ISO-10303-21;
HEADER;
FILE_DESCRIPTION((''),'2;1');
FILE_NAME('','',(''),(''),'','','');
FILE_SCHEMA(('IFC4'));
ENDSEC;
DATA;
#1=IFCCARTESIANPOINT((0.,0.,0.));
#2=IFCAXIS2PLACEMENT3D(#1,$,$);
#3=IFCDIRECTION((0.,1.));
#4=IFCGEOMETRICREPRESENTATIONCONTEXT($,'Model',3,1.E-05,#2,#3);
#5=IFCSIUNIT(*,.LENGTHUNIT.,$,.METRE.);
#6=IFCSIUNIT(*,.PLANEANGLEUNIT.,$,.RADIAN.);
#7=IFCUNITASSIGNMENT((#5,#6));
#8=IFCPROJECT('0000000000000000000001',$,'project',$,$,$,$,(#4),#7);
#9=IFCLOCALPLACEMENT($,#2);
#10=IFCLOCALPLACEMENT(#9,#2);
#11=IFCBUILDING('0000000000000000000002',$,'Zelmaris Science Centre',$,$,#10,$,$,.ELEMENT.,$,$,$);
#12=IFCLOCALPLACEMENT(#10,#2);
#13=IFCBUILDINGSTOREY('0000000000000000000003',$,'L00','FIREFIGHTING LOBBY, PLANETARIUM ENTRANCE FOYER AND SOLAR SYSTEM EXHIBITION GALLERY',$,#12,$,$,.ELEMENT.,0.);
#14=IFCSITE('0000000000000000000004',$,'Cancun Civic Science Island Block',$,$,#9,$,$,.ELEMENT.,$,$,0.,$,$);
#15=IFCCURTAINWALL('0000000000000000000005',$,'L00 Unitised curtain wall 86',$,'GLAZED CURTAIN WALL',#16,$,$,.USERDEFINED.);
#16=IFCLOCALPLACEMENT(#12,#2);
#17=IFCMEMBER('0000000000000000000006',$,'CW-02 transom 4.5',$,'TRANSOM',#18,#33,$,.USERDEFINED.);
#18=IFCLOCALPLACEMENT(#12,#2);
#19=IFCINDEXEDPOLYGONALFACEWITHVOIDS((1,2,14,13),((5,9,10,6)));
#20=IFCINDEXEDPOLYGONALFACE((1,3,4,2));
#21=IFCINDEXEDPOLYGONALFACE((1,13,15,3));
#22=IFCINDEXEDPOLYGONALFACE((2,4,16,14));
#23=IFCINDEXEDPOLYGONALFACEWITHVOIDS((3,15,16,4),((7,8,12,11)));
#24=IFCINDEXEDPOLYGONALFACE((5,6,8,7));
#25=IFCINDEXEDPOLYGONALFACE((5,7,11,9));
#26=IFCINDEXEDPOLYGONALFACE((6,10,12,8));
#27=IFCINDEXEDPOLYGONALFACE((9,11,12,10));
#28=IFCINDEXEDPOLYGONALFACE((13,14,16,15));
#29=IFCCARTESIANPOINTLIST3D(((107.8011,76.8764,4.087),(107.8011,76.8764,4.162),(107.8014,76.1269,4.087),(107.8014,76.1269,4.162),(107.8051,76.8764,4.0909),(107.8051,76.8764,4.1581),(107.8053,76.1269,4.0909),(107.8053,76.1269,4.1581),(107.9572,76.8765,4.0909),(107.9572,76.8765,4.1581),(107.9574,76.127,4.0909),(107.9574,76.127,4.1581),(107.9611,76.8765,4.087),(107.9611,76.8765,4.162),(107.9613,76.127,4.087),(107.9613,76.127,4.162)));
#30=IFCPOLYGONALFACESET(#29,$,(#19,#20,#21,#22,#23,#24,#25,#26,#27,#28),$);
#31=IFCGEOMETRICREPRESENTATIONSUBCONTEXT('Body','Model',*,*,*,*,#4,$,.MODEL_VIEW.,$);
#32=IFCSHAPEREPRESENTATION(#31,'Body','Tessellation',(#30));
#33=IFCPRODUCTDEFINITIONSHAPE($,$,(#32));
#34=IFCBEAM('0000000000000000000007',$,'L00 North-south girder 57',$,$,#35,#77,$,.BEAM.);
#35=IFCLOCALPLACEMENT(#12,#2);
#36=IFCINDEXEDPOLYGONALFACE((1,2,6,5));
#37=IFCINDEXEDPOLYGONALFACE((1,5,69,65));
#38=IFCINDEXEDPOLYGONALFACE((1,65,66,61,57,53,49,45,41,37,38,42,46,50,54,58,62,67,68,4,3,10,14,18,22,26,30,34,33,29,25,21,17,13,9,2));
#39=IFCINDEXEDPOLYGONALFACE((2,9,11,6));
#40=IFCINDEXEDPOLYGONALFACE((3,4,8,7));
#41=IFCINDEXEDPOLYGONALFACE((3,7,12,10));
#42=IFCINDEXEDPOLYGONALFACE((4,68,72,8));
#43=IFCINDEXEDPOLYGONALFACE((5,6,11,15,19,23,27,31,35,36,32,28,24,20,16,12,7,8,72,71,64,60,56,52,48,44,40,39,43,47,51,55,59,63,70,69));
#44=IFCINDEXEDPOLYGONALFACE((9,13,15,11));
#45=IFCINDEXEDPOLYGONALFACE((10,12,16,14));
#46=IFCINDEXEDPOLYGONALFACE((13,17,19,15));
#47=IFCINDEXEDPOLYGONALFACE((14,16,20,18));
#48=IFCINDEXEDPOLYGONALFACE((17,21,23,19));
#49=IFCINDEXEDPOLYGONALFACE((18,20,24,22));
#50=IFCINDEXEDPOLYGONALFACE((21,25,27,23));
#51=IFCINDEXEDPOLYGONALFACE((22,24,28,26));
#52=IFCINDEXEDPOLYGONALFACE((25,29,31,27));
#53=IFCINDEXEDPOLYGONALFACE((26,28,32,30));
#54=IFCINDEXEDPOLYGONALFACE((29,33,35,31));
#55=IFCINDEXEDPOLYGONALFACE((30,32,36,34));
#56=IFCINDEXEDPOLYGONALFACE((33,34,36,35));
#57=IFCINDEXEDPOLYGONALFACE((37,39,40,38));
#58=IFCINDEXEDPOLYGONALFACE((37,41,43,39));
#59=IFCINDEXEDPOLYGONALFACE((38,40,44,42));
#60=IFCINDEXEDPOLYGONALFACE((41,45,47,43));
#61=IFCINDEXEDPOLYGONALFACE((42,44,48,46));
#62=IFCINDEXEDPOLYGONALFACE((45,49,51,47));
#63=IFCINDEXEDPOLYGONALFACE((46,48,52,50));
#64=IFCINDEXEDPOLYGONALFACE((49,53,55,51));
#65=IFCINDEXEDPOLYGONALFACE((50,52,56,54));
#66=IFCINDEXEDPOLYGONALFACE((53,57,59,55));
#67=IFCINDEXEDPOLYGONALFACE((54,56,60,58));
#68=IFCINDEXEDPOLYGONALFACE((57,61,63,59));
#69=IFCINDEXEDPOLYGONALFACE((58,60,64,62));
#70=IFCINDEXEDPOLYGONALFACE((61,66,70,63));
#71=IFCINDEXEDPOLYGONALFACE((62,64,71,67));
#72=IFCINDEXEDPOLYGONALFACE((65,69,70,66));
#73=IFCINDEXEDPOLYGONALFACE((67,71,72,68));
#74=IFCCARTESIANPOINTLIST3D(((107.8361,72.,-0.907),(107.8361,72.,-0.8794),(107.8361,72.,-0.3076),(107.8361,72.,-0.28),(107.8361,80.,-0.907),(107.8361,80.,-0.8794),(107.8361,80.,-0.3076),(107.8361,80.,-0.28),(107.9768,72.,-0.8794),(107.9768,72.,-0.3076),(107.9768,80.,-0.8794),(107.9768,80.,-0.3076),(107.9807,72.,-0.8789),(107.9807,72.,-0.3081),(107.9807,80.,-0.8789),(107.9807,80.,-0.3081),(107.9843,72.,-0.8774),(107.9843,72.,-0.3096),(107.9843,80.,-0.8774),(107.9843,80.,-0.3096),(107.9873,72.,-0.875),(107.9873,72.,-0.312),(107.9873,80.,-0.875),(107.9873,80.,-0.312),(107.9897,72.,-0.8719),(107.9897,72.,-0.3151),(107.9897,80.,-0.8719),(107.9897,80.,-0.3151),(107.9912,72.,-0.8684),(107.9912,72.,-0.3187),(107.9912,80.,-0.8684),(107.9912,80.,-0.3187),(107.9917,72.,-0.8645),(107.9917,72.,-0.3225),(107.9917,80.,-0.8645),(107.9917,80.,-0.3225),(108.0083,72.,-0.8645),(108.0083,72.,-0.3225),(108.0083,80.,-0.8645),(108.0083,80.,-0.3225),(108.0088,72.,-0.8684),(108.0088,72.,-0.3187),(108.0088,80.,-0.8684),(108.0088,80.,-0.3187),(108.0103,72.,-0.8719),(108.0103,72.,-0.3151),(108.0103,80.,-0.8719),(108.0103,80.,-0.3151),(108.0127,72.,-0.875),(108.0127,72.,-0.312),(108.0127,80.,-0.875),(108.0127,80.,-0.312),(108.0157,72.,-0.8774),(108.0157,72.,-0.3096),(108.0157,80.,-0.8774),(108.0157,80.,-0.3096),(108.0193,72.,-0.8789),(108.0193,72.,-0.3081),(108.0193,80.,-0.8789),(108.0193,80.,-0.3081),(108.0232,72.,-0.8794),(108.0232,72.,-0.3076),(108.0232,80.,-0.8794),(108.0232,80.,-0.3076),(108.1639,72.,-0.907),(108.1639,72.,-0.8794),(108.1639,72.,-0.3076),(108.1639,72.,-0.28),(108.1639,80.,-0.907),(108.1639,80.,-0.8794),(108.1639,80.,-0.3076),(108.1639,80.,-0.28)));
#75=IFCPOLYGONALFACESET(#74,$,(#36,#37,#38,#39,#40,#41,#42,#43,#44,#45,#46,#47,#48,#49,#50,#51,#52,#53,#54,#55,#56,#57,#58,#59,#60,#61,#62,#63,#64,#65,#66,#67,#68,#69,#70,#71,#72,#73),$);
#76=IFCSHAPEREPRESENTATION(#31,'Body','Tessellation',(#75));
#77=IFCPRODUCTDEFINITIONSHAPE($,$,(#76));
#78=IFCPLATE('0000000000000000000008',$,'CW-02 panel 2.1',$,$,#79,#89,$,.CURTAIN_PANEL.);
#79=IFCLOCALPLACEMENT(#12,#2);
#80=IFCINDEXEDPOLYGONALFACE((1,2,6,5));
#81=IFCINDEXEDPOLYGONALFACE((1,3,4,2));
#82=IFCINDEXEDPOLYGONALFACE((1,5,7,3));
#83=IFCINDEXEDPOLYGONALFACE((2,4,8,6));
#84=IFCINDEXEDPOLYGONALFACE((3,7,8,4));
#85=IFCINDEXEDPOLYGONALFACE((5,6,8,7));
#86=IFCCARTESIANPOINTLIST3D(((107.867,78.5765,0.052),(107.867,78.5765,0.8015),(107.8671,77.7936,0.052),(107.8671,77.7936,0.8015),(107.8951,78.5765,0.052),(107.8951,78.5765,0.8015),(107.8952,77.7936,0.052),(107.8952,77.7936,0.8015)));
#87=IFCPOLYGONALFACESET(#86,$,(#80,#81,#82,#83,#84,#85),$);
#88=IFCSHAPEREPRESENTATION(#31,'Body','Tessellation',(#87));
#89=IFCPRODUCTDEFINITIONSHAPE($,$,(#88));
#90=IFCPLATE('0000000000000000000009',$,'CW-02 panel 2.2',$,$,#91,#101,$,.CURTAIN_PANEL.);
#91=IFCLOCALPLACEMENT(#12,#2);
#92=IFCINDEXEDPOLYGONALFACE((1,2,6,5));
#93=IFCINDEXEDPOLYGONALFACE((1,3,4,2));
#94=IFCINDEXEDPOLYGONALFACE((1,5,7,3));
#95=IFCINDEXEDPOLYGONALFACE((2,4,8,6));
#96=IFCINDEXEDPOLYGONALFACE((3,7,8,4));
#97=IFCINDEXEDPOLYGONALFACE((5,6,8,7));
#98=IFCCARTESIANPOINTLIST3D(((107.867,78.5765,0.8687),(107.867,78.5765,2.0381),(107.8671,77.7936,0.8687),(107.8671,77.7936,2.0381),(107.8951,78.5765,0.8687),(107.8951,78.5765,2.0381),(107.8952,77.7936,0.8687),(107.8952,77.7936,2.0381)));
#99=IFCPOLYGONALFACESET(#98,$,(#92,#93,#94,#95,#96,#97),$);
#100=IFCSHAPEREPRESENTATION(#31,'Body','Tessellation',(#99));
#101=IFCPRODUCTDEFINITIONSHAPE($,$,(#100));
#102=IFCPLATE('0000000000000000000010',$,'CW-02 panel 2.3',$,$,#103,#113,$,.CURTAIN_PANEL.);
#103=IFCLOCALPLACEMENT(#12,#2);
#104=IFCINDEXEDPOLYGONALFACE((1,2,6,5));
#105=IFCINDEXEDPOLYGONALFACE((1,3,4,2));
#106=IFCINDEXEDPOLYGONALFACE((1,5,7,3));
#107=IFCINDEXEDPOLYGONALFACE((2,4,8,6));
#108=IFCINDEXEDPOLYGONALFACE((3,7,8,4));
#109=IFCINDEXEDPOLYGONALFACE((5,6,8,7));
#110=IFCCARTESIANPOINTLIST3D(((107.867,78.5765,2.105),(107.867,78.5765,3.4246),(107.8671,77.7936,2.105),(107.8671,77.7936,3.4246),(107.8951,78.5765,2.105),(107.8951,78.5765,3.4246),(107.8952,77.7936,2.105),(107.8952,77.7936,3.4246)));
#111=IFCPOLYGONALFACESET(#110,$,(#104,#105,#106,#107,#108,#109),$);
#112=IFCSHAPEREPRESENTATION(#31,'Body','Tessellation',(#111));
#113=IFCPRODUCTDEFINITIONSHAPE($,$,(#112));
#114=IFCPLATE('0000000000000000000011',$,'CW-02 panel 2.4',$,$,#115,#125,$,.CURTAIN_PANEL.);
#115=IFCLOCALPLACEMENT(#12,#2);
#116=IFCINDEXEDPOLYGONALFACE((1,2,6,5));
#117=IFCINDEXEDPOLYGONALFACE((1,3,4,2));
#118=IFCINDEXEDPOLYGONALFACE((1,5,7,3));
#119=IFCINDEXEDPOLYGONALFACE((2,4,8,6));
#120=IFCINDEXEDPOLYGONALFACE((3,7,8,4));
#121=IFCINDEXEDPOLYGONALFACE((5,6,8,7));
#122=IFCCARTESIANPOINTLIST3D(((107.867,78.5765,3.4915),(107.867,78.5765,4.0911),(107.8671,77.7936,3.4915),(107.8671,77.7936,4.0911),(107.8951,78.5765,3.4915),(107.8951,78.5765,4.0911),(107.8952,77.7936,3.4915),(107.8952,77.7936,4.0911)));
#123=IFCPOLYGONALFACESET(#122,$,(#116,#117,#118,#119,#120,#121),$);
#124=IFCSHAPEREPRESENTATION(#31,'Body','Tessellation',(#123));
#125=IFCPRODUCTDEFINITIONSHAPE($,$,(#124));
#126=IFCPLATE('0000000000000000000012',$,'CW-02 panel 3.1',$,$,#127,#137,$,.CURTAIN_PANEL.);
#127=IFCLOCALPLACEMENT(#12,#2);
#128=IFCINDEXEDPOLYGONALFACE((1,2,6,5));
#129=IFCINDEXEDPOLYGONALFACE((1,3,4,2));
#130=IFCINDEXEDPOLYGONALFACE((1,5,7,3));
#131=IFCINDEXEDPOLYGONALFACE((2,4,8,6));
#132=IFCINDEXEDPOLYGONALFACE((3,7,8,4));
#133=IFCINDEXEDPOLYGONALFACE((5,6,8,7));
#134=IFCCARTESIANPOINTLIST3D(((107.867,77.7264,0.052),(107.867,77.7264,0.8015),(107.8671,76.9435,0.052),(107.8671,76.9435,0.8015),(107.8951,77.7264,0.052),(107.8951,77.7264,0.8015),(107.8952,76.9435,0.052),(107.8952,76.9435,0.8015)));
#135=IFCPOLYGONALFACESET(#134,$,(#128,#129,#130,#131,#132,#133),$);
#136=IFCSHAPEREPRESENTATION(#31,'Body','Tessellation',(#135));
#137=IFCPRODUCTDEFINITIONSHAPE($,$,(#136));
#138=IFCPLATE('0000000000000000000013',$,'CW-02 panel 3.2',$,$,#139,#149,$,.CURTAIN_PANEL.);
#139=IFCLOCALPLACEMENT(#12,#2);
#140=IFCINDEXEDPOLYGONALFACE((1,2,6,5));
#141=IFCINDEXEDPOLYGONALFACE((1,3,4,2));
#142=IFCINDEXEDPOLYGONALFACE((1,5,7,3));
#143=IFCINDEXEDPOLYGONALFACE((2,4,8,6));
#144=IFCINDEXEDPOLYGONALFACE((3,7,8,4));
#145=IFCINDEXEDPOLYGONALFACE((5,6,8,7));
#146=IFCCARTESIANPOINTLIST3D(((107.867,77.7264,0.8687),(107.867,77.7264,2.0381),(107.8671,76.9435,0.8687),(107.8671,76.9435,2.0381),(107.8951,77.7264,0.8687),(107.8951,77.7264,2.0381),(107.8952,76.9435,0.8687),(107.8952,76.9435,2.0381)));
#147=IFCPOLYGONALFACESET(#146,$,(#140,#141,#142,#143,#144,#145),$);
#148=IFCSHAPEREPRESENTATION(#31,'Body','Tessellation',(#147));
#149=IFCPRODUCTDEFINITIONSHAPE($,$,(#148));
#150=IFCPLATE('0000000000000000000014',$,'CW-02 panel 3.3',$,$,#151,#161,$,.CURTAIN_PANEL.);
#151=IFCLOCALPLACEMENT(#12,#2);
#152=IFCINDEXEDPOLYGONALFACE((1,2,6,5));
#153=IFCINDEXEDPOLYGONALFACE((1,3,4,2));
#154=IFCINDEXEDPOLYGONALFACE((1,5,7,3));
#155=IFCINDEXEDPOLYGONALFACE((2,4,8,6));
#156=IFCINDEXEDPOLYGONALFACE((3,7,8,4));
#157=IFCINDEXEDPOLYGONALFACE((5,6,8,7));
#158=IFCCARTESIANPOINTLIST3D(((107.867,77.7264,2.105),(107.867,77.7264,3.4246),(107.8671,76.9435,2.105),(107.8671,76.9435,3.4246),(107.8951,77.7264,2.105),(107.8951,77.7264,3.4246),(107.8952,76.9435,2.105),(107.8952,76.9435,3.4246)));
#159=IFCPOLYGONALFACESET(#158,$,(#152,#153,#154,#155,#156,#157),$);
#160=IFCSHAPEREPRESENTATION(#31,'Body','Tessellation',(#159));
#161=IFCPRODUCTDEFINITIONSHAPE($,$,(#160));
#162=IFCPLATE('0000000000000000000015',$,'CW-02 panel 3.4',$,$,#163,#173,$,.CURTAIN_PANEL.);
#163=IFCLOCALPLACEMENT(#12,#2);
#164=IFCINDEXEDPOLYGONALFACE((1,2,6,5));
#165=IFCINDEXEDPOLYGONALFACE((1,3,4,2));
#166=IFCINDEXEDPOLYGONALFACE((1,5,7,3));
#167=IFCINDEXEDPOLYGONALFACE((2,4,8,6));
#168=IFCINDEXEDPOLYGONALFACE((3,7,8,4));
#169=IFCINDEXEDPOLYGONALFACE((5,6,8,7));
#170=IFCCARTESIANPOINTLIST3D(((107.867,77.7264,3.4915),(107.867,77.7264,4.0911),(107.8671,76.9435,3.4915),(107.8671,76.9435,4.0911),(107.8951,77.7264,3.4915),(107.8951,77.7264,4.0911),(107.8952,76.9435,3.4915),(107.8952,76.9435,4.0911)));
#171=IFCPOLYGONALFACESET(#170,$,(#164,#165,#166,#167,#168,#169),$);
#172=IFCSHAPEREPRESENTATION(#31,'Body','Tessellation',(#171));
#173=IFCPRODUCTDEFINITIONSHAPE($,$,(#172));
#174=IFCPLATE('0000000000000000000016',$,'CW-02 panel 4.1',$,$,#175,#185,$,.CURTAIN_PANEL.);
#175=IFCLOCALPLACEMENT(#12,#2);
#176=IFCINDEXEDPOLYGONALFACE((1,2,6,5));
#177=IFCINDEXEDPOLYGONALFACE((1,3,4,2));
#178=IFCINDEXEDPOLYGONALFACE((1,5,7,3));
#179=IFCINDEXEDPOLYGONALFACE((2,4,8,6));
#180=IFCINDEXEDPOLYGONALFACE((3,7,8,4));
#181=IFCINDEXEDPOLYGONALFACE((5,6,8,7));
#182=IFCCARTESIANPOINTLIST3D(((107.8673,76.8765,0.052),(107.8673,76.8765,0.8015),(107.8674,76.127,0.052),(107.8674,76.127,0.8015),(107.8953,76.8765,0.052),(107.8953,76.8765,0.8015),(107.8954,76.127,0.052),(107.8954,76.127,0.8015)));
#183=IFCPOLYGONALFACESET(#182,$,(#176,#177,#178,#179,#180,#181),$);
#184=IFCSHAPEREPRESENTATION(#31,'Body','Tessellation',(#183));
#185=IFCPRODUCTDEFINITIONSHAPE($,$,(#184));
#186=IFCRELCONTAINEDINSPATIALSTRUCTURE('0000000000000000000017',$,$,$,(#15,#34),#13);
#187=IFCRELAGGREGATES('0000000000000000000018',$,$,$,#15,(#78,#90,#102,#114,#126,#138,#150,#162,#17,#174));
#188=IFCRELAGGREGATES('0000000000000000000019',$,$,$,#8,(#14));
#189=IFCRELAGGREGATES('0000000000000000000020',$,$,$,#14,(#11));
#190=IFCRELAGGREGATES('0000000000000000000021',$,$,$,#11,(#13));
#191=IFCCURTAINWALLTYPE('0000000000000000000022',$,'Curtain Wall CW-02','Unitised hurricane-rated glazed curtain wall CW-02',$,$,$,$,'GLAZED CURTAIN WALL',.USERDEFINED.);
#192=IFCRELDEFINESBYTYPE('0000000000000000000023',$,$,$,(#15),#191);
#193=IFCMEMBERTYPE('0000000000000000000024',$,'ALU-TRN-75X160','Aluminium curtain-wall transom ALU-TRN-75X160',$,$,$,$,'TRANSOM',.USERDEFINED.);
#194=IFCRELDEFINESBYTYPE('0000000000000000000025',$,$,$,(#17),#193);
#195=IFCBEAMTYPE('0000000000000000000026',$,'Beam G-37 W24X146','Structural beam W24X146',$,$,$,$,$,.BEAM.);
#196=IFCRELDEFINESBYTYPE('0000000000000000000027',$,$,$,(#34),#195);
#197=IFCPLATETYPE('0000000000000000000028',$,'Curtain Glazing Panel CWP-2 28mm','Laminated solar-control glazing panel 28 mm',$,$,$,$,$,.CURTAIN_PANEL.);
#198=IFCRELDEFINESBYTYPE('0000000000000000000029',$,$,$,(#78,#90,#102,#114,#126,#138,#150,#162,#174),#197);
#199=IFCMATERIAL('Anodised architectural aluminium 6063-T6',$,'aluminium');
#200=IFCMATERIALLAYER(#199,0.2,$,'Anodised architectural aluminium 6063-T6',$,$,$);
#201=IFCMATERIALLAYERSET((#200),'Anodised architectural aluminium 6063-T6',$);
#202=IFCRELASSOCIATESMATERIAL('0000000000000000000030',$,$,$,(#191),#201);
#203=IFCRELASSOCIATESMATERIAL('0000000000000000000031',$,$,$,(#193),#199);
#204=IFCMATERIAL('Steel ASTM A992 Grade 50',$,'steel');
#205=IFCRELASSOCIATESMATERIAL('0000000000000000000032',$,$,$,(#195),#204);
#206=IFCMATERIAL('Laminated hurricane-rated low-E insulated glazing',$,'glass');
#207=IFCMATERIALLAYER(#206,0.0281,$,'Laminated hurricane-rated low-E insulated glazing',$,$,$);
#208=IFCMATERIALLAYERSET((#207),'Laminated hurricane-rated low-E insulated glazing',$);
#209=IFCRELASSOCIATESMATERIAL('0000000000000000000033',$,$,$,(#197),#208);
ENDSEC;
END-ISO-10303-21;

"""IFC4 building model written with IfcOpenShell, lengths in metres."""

from ifc_helpers import new_model, si_unit, direction, frame, origin, origin_2d, place, context, subcontext, project, spatial, rectangle, hollow_rectangle, i_section, extrude, material, layer, layer_set, material_profile, profile_set, type_object, element, aggregate, save


model = new_model("IFC4")

# Units and contexts
model_context = context("Model", 3, precision=1e-05, world=origin(), true_north=direction((0.0, 1.0)))
body_context = subcontext(model_context, "Body", "Model", "MODEL_VIEW")
ifc_project = project(units=[si_unit("LENGTHUNIT", "METRE"), si_unit("PLANEANGLEUNIT", "RADIAN")], contexts=[model_context])

# Site, building, storey
site_placement = place(None, origin())
site = spatial("IfcSite", under=ifc_project, at=site_placement, Name="Cancun Civic Science Island Block", CompositionType="ELEMENT", RefElevation=0.0)
building_placement = place(site_placement, origin())
building = spatial("IfcBuilding", under=site, at=building_placement, Name="Zelmaris Science Centre", CompositionType="ELEMENT")
storey_placement = place(building_placement, origin())
storey = spatial("IfcBuildingStorey", under=building, at=storey_placement, Name="L00", Description="FIREFIGHTING LOBBY, PLANETARIUM ENTRANCE FOYER AND SOLAR SYSTEM EXHIBITION GALLERY", CompositionType="ELEMENT", Elevation=0.0)

# Shared definitions
ifc_material_1 = material(Name="Steel ASTM A992 Grade 50", Category="steel")

# Shared definitions
ifc_material_2 = material(Name="Anodised architectural aluminium 6063-T6", Category="aluminium")

# Curtain wall
ifc_layer_1 = layer(ifc_material_2, 0.2, Name="Anodised architectural aluminium 6063-T6")
ifc_layer_set_1 = layer_set([ifc_layer_1], Name="Anodised architectural aluminium 6063-T6")
curtain_wall_type_1 = type_object("IfcCurtainWallType", Name="Curtain Wall CW-02", Description="Unitised hurricane-rated glazed curtain wall CW-02", ElementType="GLAZED CURTAIN WALL", PredefinedType="USERDEFINED", material=ifc_layer_set_1)
curtain_wall_1_placement = place(storey_placement, origin())
curtain_wall_1 = element("IfcCurtainWall", 1, at=curtain_wall_1_placement, inside=storey, type_object=curtain_wall_type_1, Name="L00 Unitised curtain wall 86", ObjectType="GLAZED CURTAIN WALL", PredefinedType="USERDEFINED")

# Member
ifc_material_profile_1 = material_profile(ifc_material_2, hollow_rectangle(XDim=0.075, YDim=0.1599, WallThickness=0.0039, at=origin_2d()), Name="ALU-TRN-75X160")
ifc_profile_set_1 = profile_set([ifc_material_profile_1], Name="Anodised architectural aluminium 6063-T6")
member_type_1 = type_object("IfcMemberType", Name="ALU-TRN-75X160", Description="Aluminium curtain-wall transom ALU-TRN-75X160", ElementType="TRANSOM", PredefinedType="USERDEFINED", material=ifc_profile_set_1)
member_1_placement = place(storey_placement, frame((107.8811, 76.8765, 4.1245), z_axis=(0.000326, -1.0, 0.0), x_axis=(0.0, 0.0, 1.0)))
member_1 = element("IfcMember", 2, at=member_1_placement, type_object=member_type_1, Name="CW-02 transom 4.5", ObjectType="TRANSOM", PredefinedType="USERDEFINED", context=body_context, shape_type="SweptSolid", body=[
    extrude(hollow_rectangle(XDim=0.075, YDim=0.1599, WallThickness=0.0039, at=origin_2d()), origin(), (0.0, 0.0, 1.0), 0.7495),
])

# Beam
ifc_material_profile_2 = material_profile(ifc_material_1, i_section(OverallWidth=0.3279, OverallDepth=0.627, WebThickness=0.0166, FlangeThickness=0.0276, FilletRadius=0.0149, at=origin_2d()), Name="W24X146")
ifc_profile_set_2 = profile_set([ifc_material_profile_2], Name="Steel ASTM A992 Grade 50")
beam_type = type_object("IfcBeamType", Name="Beam G-37 W24X146", Description="Structural beam W24X146", PredefinedType="BEAM", material=ifc_profile_set_2)
beam_placement = place(storey_placement, frame((108.0, 72.0, -0.5935), z_axis=(0.0, 1.0, 0.0), x_axis=(-1.0, 0.0, 0.0)))
element("IfcBeam", 3, at=beam_placement, inside=storey, type_object=beam_type, Name="L00 North-south girder 57", PredefinedType="BEAM", context=body_context, shape_type="SweptSolid", body=[
    extrude(i_section(OverallWidth=0.3279, OverallDepth=0.627, WebThickness=0.0166, FlangeThickness=0.0276, FilletRadius=0.0149, at=origin_2d()), origin(), (0.0, 0.0, 1.0), 8.0),
])

# Plates
ifc_material_3 = material(Name="Laminated hurricane-rated low-E insulated glazing", Category="glass")
ifc_layer_2 = layer(ifc_material_3, 0.0281, Name="Laminated hurricane-rated low-E insulated glazing")
ifc_layer_set_2 = layer_set([ifc_layer_2], Name="Laminated hurricane-rated low-E insulated glazing")
plate_type = type_object("IfcPlateType", Name="Curtain Glazing Panel CWP-2 28mm", Description="Laminated solar-control glazing panel 28 mm", PredefinedType="CURTAIN_PANEL", material=ifc_layer_set_2)
plate_1_placement = place(storey_placement, frame((107.8811, 78.1851, 0.052), z_axis=(0.0, 0.0, 1.0), x_axis=(0.000147, -1.0, 0.0)))
plate_1 = element("IfcPlate", 4, at=plate_1_placement, type_object=plate_type, Name="CW-02 panel 2.1", PredefinedType="CURTAIN_PANEL", context=body_context, shape_type="SweptSolid", body=[
    extrude(rectangle(XDim=0.783, YDim=0.0281, at=origin_2d()), origin(), (0.0, 0.0, 1.0), 0.7495),
])
plate_2_placement = place(storey_placement, frame((107.8811, 78.1851, 0.8687), z_axis=(0.0, 0.0, 1.0), x_axis=(0.000147, -1.0, 0.0)))
plate_2 = element("IfcPlate", 5, at=plate_2_placement, type_object=plate_type, Name="CW-02 panel 2.2", PredefinedType="CURTAIN_PANEL", context=body_context, shape_type="SweptSolid", body=[
    extrude(rectangle(XDim=0.783, YDim=0.0281, at=origin_2d()), origin(), (0.0, 0.0, 1.0), 1.1694),
])
plate_3_placement = place(storey_placement, frame((107.8811, 78.1851, 2.105), z_axis=(0.0, 0.0, 1.0), x_axis=(0.000147, -1.0, 0.0)))
plate_3 = element("IfcPlate", 6, at=plate_3_placement, type_object=plate_type, Name="CW-02 panel 2.3", PredefinedType="CURTAIN_PANEL", context=body_context, shape_type="SweptSolid", body=[
    extrude(rectangle(XDim=0.783, YDim=0.0281, at=origin_2d()), origin(), (0.0, 0.0, 1.0), 1.3196),
])
plate_4_placement = place(storey_placement, frame((107.8811, 78.1851, 3.4915), z_axis=(0.0, 0.0, 1.0), x_axis=(0.000147, -1.0, 0.0)))
plate_4 = element("IfcPlate", 7, at=plate_4_placement, type_object=plate_type, Name="CW-02 panel 2.4", PredefinedType="CURTAIN_PANEL", context=body_context, shape_type="SweptSolid", body=[
    extrude(rectangle(XDim=0.783, YDim=0.0281, at=origin_2d()), origin(), (0.0, 0.0, 1.0), 0.5996),
])
plate_5_placement = place(storey_placement, frame((107.8811, 77.335, 0.052), z_axis=(0.0, 0.0, 1.0), x_axis=(0.000147, -1.0, 0.0)))
plate_5 = element("IfcPlate", 8, at=plate_5_placement, type_object=plate_type, Name="CW-02 panel 3.1", PredefinedType="CURTAIN_PANEL", context=body_context, shape_type="SweptSolid", body=[
    extrude(rectangle(XDim=0.783, YDim=0.0281, at=origin_2d()), origin(), (0.0, 0.0, 1.0), 0.7495),
])
plate_6_placement = place(storey_placement, frame((107.8811, 77.335, 0.8687), z_axis=(0.0, 0.0, 1.0), x_axis=(0.000147, -1.0, 0.0)))
plate_6 = element("IfcPlate", 9, at=plate_6_placement, type_object=plate_type, Name="CW-02 panel 3.2", PredefinedType="CURTAIN_PANEL", context=body_context, shape_type="SweptSolid", body=[
    extrude(rectangle(XDim=0.783, YDim=0.0281, at=origin_2d()), origin(), (0.0, 0.0, 1.0), 1.1694),
])
plate_7_placement = place(storey_placement, frame((107.8811, 77.335, 2.105), z_axis=(0.0, 0.0, 1.0), x_axis=(0.000147, -1.0, 0.0)))
plate_7 = element("IfcPlate", 10, at=plate_7_placement, type_object=plate_type, Name="CW-02 panel 3.3", PredefinedType="CURTAIN_PANEL", context=body_context, shape_type="SweptSolid", body=[
    extrude(rectangle(XDim=0.783, YDim=0.0281, at=origin_2d()), origin(), (0.0, 0.0, 1.0), 1.3196),
])
plate_8_placement = place(storey_placement, frame((107.8811, 77.335, 3.4915), z_axis=(0.0, 0.0, 1.0), x_axis=(0.000147, -1.0, 0.0)))
plate_8 = element("IfcPlate", 11, at=plate_8_placement, type_object=plate_type, Name="CW-02 panel 3.4", PredefinedType="CURTAIN_PANEL", context=body_context, shape_type="SweptSolid", body=[
    extrude(rectangle(XDim=0.783, YDim=0.0281, at=origin_2d()), origin(), (0.0, 0.0, 1.0), 0.5996),
])
plate_9_placement = place(storey_placement, frame((107.8813, 76.5017, 0.052), z_axis=(0.0, 0.0, 1.0), x_axis=(0.000147, -1.0, 0.0)))
plate_9 = element("IfcPlate", 12, at=plate_9_placement, type_object=plate_type, Name="CW-02 panel 4.1", PredefinedType="CURTAIN_PANEL", context=body_context, shape_type="SweptSolid", body=[
    extrude(rectangle(XDim=0.7495, YDim=0.0281, at=origin_2d()), origin(), (0.0, 0.0, 1.0), 0.7495),
])
aggregate(curtain_wall_1, [plate_1, plate_2, plate_3, plate_4, plate_5, plate_6, plate_7, plate_8, member_1, plate_9])

save(model, "model.ifc")
